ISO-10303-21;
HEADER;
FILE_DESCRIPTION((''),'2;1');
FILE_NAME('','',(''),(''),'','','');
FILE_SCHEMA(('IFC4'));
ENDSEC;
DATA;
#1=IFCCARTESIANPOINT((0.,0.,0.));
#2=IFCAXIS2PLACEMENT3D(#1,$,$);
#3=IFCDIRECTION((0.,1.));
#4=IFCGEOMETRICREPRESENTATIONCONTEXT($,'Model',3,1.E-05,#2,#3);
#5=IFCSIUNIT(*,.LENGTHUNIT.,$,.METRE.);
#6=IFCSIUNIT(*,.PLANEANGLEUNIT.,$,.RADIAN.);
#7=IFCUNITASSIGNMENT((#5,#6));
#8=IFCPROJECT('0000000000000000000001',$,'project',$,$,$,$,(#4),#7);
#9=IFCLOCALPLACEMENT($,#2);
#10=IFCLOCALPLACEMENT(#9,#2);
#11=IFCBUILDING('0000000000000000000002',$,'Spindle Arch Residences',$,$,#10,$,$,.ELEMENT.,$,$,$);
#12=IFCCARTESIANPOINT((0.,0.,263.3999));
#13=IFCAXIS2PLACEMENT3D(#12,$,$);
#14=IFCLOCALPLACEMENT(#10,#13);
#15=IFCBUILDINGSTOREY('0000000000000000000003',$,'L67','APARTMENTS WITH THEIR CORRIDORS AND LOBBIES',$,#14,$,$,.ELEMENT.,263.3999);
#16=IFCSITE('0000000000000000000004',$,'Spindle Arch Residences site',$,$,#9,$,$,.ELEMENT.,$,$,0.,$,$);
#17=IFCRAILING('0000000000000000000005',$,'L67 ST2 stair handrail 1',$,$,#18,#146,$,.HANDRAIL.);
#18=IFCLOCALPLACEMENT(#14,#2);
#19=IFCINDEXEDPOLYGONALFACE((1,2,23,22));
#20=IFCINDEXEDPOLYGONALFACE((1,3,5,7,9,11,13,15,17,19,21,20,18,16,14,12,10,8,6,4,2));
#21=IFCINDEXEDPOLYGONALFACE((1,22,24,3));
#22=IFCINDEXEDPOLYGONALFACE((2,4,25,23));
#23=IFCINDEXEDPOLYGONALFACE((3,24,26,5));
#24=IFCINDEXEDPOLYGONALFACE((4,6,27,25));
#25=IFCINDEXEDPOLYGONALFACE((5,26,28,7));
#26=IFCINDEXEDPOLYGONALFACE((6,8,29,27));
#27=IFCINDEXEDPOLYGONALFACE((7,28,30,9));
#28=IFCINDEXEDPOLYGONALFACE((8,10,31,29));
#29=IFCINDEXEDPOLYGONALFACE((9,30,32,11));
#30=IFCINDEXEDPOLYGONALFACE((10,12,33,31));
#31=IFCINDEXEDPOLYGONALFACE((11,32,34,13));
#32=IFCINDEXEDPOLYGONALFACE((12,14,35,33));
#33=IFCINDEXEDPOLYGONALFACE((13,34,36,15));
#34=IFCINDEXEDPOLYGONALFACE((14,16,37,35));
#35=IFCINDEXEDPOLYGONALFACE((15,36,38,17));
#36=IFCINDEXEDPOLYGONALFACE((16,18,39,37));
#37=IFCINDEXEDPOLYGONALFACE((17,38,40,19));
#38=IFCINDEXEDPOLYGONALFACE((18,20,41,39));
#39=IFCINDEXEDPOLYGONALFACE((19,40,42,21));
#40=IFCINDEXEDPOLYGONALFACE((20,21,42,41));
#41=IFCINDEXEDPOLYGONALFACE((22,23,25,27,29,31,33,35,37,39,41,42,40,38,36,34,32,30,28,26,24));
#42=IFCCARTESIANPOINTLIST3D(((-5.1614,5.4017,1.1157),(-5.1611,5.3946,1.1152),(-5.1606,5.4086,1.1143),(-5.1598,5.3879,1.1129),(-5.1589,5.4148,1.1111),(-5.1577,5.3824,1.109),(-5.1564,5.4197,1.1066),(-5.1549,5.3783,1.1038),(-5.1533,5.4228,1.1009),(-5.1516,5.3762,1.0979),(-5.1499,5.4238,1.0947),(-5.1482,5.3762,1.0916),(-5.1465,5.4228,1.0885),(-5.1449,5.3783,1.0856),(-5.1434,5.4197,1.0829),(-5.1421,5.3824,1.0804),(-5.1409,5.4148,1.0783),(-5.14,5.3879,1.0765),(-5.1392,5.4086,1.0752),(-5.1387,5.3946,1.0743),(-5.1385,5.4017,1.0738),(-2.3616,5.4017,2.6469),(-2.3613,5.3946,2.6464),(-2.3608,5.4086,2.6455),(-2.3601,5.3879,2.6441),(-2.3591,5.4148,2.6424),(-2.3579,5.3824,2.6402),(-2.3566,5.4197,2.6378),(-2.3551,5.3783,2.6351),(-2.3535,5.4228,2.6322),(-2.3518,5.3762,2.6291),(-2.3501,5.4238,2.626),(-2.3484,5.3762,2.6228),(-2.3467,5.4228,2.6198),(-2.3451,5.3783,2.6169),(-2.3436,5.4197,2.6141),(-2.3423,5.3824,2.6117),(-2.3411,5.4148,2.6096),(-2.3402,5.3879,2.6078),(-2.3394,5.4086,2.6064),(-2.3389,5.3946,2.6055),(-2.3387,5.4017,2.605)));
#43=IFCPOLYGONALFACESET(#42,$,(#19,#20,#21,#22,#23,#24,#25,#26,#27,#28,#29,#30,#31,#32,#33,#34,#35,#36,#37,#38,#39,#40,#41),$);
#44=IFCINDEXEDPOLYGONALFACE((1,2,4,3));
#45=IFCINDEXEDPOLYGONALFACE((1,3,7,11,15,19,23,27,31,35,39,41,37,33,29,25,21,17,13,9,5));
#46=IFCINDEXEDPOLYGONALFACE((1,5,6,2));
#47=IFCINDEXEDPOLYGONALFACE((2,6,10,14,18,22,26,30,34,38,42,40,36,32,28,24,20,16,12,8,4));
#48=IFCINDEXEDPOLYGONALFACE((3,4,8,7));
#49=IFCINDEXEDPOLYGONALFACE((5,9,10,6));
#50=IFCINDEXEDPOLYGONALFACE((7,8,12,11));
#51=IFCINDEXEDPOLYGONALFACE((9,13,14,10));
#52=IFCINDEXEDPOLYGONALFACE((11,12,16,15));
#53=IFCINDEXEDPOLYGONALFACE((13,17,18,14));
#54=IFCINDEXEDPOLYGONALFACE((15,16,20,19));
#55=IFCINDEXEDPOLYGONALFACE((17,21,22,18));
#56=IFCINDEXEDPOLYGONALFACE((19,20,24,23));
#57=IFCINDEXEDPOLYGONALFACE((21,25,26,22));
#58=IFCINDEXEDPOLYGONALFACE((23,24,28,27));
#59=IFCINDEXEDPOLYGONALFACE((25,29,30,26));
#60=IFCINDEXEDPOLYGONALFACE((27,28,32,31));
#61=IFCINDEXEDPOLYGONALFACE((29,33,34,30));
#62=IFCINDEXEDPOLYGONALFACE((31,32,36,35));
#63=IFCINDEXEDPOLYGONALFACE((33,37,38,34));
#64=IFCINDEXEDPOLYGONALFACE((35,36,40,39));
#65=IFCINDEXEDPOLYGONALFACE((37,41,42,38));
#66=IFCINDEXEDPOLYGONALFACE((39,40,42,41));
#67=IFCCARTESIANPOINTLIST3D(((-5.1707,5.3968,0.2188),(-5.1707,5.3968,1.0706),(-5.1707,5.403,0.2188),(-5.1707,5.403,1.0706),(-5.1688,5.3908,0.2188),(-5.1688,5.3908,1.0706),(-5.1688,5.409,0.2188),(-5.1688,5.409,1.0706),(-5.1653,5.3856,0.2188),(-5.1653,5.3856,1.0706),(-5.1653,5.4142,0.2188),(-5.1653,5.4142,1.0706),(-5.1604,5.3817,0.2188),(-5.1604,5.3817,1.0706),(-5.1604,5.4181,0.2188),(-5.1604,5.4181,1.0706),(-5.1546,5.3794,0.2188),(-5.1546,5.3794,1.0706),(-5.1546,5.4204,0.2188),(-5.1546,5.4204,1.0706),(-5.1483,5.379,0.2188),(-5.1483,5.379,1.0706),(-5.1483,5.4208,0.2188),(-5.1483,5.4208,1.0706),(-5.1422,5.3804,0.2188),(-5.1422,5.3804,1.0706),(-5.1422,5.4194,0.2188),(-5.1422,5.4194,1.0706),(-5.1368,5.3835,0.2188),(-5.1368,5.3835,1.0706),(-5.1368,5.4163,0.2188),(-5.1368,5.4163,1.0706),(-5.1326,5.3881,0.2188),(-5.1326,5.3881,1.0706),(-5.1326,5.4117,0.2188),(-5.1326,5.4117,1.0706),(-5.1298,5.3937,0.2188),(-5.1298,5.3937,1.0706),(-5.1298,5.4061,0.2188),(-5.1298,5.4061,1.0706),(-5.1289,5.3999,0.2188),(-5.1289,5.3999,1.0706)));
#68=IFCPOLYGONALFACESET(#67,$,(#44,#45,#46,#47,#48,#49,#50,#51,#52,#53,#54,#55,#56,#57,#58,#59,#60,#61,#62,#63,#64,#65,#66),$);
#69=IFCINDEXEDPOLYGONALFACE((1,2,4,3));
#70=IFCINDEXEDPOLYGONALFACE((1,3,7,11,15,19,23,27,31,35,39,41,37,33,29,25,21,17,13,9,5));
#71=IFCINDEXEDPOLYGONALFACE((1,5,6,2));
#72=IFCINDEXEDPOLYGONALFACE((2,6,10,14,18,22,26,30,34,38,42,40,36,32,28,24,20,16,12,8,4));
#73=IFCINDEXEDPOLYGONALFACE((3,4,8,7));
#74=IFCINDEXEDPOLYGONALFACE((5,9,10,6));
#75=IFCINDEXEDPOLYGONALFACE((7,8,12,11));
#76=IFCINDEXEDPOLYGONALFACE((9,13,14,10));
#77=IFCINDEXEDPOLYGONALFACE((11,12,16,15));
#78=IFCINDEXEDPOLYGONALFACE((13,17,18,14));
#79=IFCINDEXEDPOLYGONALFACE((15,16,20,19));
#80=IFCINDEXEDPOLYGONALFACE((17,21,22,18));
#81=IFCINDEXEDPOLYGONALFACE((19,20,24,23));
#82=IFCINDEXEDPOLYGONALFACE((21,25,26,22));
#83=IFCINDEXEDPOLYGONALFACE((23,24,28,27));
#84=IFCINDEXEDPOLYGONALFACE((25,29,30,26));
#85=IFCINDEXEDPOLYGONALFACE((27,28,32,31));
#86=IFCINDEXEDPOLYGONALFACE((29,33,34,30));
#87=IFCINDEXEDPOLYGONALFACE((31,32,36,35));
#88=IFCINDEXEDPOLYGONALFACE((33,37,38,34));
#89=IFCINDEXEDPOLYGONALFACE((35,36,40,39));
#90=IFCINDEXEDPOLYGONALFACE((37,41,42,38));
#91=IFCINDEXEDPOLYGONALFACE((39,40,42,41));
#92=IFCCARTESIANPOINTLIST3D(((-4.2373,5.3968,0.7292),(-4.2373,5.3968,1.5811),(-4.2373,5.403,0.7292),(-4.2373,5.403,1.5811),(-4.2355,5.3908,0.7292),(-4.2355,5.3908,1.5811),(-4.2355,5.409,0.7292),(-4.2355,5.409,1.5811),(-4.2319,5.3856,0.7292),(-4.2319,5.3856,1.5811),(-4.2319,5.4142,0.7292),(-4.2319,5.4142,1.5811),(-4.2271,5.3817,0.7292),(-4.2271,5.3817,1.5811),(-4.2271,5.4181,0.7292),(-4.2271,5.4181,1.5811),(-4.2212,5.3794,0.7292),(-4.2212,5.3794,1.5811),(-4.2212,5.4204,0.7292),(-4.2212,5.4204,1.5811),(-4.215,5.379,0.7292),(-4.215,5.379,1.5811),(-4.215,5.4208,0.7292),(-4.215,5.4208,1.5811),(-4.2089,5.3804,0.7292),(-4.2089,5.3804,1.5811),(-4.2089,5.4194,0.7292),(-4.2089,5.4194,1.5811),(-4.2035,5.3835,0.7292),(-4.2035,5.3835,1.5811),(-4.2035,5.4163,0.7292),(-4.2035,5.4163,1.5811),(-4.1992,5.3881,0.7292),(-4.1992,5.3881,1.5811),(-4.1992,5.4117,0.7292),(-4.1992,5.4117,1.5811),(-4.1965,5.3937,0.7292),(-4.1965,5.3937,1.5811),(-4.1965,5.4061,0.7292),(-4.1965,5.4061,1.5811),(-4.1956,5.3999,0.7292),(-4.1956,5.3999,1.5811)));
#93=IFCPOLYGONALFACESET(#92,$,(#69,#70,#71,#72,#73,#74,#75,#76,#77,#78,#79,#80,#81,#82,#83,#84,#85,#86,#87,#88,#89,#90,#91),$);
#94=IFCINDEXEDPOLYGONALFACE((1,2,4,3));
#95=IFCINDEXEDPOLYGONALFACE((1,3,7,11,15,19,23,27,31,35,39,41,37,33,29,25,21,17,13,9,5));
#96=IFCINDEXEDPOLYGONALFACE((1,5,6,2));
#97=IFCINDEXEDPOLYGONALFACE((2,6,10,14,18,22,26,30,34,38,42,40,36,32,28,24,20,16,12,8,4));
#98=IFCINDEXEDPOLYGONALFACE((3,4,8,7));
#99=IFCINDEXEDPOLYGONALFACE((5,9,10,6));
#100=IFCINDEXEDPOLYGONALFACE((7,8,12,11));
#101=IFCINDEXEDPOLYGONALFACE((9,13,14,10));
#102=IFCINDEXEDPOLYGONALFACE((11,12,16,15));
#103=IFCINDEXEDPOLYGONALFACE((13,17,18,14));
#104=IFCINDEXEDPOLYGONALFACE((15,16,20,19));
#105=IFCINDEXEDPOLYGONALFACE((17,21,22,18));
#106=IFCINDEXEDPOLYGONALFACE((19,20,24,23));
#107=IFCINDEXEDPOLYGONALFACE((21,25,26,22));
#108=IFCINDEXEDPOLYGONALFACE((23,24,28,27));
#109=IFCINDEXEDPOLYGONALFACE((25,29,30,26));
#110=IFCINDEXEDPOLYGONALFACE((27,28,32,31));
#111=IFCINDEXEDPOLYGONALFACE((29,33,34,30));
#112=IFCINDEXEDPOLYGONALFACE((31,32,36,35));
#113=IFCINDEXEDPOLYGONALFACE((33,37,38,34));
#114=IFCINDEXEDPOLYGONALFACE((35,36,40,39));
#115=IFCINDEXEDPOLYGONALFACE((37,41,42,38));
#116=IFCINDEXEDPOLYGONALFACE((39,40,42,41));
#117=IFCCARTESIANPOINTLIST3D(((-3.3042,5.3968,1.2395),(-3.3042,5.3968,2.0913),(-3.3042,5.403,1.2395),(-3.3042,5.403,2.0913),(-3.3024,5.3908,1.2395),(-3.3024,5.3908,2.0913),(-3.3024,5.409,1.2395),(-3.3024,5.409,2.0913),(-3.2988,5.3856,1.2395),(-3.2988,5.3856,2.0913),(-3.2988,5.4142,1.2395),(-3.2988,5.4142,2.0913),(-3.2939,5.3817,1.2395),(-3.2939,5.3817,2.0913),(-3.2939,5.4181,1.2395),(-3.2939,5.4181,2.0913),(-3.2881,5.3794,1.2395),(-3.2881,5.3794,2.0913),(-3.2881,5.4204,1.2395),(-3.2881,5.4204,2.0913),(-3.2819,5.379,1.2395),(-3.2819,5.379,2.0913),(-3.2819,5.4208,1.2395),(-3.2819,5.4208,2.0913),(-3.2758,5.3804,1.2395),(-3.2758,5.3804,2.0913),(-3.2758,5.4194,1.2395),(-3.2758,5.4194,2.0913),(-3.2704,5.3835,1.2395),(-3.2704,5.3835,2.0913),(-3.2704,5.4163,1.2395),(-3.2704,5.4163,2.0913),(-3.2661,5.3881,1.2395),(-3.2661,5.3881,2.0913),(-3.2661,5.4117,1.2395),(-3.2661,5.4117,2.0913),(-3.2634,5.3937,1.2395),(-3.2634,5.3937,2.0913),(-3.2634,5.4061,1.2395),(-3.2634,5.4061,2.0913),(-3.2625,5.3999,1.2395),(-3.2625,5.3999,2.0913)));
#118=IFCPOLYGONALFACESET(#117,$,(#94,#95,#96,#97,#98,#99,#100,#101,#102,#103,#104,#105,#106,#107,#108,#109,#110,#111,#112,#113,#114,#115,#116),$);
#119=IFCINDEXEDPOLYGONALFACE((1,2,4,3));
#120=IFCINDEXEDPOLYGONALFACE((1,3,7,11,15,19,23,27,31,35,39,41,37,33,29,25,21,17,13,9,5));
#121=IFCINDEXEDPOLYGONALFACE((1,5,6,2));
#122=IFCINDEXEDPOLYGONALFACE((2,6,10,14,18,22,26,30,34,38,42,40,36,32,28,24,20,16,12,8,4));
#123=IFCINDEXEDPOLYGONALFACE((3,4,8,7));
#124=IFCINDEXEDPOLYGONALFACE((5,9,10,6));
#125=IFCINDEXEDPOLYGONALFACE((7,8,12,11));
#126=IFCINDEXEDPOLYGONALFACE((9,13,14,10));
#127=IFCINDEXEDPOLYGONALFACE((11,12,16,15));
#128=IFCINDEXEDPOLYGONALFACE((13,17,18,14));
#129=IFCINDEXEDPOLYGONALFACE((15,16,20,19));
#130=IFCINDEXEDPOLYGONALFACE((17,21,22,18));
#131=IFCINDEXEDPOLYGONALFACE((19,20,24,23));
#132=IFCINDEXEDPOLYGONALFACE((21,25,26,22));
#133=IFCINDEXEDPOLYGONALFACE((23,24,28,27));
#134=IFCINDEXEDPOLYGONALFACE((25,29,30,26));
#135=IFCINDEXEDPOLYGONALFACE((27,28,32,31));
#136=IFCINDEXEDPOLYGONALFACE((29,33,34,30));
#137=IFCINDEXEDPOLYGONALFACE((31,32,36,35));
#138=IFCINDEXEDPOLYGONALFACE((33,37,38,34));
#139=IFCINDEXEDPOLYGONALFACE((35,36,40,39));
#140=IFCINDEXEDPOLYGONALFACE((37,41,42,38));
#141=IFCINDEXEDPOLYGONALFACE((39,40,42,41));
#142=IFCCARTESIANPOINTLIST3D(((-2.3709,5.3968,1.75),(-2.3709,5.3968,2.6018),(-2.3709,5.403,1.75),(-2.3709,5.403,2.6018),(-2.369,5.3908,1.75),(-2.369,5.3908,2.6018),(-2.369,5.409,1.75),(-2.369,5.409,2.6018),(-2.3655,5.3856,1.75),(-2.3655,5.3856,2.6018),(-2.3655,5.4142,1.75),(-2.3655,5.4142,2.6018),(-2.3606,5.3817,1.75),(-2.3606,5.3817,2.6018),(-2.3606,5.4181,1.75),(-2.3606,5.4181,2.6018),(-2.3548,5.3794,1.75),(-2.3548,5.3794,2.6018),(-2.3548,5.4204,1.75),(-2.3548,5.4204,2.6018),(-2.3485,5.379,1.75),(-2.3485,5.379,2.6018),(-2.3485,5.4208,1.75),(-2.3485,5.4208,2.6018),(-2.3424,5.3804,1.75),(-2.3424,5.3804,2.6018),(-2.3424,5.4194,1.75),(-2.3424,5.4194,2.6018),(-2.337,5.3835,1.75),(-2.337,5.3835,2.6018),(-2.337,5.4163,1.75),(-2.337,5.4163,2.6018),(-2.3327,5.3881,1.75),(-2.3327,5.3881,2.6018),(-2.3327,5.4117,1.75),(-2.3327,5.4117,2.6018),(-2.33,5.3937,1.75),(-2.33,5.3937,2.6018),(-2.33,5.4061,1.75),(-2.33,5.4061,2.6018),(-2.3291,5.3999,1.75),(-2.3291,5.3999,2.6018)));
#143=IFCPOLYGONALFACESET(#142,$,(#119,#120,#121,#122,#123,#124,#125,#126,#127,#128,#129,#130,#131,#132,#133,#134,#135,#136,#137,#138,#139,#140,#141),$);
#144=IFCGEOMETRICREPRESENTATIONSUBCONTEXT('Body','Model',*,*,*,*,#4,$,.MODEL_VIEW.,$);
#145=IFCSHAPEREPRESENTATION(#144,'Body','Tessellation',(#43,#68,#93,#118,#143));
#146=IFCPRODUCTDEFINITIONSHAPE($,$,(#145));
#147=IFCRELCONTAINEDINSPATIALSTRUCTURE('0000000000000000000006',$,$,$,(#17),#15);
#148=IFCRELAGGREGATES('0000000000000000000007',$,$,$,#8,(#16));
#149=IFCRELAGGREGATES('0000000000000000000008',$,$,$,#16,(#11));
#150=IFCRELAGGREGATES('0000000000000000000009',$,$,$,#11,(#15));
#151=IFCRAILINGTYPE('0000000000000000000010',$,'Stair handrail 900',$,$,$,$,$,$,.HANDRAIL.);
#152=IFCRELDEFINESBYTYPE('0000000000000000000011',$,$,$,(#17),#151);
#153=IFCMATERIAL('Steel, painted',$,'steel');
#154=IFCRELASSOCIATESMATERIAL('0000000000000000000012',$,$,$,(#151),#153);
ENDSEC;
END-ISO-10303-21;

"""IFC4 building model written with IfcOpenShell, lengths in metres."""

from ifc_helpers import new_model, si_unit, direction, frame, origin, origin_2d, place, context, subcontext, project, spatial, circle, extrude, material, type_object, element, save


model = new_model("IFC4")

# Units and contexts
model_context = context("Model", 3, precision=1e-05, world=origin(), true_north=direction((0.0, 1.0)))
body_context = subcontext(model_context, "Body", "Model", "MODEL_VIEW")
ifc_project = project(units=[si_unit("LENGTHUNIT", "METRE"), si_unit("PLANEANGLEUNIT", "RADIAN")], contexts=[model_context])

# Site, building, storey
site_placement = place(None, origin())
site = spatial("IfcSite", under=ifc_project, at=site_placement, Name="Spindle Arch Residences site", CompositionType="ELEMENT", RefElevation=0.0)
building_placement = place(site_placement, origin())
building = spatial("IfcBuilding", under=site, at=building_placement, Name="Spindle Arch Residences", CompositionType="ELEMENT")
storey_placement = place(building_placement, frame((0.0, 0.0, 263.3999)))
storey = spatial("IfcBuildingStorey", under=building, at=storey_placement, Name="L67", Description="APARTMENTS WITH THEIR CORRIDORS AND LOBBIES", CompositionType="ELEMENT", Elevation=263.3999)

# Railing
ifc_material_1 = material(Name="Steel, painted", Category="steel")
railing_type_1 = type_object("IfcRailingType", Name="Stair handrail 900", PredefinedType="HANDRAIL", material=ifc_material_1)
for number, where, name in (
    (1, (-5.1499, 5.3999, 0.2188), "L67 ST2 stair handrail 1"),
):
    element("IfcRailing", number, at=place(storey_placement, frame(where)), inside=storey, type_object=railing_type_1, Name=name, PredefinedType="HANDRAIL", context=body_context, shape_type="SweptSolid", body=[
        extrude(circle(Radius=0.0239, at=origin_2d()), frame((0.0, 0.0, 0.876), z_axis=(0.877357, 0.0, 0.479838), x_axis=(0.0, 1.0, 0.0)), (0.0, 0.0, 1.0), 3.1912),
        extrude(circle(Radius=0.021, at=origin_2d()), origin(), (0.0, 0.0, 1.0), 0.8518),
        extrude(circle(Radius=0.021, at=origin_2d()), frame((0.9333, 0.0, 0.5105)), (0.0, 0.0, 1.0), 0.8518),
        extrude(circle(Radius=0.021, at=origin_2d()), frame((1.8665, 0.0, 1.0208)), (0.0, 0.0, 1.0), 0.8518),
        extrude(circle(Radius=0.021, at=origin_2d()), frame((2.7998, 0.0, 1.5312)), (0.0, 0.0, 1.0), 0.8518),
    ])

save(model, "model.ifc")
